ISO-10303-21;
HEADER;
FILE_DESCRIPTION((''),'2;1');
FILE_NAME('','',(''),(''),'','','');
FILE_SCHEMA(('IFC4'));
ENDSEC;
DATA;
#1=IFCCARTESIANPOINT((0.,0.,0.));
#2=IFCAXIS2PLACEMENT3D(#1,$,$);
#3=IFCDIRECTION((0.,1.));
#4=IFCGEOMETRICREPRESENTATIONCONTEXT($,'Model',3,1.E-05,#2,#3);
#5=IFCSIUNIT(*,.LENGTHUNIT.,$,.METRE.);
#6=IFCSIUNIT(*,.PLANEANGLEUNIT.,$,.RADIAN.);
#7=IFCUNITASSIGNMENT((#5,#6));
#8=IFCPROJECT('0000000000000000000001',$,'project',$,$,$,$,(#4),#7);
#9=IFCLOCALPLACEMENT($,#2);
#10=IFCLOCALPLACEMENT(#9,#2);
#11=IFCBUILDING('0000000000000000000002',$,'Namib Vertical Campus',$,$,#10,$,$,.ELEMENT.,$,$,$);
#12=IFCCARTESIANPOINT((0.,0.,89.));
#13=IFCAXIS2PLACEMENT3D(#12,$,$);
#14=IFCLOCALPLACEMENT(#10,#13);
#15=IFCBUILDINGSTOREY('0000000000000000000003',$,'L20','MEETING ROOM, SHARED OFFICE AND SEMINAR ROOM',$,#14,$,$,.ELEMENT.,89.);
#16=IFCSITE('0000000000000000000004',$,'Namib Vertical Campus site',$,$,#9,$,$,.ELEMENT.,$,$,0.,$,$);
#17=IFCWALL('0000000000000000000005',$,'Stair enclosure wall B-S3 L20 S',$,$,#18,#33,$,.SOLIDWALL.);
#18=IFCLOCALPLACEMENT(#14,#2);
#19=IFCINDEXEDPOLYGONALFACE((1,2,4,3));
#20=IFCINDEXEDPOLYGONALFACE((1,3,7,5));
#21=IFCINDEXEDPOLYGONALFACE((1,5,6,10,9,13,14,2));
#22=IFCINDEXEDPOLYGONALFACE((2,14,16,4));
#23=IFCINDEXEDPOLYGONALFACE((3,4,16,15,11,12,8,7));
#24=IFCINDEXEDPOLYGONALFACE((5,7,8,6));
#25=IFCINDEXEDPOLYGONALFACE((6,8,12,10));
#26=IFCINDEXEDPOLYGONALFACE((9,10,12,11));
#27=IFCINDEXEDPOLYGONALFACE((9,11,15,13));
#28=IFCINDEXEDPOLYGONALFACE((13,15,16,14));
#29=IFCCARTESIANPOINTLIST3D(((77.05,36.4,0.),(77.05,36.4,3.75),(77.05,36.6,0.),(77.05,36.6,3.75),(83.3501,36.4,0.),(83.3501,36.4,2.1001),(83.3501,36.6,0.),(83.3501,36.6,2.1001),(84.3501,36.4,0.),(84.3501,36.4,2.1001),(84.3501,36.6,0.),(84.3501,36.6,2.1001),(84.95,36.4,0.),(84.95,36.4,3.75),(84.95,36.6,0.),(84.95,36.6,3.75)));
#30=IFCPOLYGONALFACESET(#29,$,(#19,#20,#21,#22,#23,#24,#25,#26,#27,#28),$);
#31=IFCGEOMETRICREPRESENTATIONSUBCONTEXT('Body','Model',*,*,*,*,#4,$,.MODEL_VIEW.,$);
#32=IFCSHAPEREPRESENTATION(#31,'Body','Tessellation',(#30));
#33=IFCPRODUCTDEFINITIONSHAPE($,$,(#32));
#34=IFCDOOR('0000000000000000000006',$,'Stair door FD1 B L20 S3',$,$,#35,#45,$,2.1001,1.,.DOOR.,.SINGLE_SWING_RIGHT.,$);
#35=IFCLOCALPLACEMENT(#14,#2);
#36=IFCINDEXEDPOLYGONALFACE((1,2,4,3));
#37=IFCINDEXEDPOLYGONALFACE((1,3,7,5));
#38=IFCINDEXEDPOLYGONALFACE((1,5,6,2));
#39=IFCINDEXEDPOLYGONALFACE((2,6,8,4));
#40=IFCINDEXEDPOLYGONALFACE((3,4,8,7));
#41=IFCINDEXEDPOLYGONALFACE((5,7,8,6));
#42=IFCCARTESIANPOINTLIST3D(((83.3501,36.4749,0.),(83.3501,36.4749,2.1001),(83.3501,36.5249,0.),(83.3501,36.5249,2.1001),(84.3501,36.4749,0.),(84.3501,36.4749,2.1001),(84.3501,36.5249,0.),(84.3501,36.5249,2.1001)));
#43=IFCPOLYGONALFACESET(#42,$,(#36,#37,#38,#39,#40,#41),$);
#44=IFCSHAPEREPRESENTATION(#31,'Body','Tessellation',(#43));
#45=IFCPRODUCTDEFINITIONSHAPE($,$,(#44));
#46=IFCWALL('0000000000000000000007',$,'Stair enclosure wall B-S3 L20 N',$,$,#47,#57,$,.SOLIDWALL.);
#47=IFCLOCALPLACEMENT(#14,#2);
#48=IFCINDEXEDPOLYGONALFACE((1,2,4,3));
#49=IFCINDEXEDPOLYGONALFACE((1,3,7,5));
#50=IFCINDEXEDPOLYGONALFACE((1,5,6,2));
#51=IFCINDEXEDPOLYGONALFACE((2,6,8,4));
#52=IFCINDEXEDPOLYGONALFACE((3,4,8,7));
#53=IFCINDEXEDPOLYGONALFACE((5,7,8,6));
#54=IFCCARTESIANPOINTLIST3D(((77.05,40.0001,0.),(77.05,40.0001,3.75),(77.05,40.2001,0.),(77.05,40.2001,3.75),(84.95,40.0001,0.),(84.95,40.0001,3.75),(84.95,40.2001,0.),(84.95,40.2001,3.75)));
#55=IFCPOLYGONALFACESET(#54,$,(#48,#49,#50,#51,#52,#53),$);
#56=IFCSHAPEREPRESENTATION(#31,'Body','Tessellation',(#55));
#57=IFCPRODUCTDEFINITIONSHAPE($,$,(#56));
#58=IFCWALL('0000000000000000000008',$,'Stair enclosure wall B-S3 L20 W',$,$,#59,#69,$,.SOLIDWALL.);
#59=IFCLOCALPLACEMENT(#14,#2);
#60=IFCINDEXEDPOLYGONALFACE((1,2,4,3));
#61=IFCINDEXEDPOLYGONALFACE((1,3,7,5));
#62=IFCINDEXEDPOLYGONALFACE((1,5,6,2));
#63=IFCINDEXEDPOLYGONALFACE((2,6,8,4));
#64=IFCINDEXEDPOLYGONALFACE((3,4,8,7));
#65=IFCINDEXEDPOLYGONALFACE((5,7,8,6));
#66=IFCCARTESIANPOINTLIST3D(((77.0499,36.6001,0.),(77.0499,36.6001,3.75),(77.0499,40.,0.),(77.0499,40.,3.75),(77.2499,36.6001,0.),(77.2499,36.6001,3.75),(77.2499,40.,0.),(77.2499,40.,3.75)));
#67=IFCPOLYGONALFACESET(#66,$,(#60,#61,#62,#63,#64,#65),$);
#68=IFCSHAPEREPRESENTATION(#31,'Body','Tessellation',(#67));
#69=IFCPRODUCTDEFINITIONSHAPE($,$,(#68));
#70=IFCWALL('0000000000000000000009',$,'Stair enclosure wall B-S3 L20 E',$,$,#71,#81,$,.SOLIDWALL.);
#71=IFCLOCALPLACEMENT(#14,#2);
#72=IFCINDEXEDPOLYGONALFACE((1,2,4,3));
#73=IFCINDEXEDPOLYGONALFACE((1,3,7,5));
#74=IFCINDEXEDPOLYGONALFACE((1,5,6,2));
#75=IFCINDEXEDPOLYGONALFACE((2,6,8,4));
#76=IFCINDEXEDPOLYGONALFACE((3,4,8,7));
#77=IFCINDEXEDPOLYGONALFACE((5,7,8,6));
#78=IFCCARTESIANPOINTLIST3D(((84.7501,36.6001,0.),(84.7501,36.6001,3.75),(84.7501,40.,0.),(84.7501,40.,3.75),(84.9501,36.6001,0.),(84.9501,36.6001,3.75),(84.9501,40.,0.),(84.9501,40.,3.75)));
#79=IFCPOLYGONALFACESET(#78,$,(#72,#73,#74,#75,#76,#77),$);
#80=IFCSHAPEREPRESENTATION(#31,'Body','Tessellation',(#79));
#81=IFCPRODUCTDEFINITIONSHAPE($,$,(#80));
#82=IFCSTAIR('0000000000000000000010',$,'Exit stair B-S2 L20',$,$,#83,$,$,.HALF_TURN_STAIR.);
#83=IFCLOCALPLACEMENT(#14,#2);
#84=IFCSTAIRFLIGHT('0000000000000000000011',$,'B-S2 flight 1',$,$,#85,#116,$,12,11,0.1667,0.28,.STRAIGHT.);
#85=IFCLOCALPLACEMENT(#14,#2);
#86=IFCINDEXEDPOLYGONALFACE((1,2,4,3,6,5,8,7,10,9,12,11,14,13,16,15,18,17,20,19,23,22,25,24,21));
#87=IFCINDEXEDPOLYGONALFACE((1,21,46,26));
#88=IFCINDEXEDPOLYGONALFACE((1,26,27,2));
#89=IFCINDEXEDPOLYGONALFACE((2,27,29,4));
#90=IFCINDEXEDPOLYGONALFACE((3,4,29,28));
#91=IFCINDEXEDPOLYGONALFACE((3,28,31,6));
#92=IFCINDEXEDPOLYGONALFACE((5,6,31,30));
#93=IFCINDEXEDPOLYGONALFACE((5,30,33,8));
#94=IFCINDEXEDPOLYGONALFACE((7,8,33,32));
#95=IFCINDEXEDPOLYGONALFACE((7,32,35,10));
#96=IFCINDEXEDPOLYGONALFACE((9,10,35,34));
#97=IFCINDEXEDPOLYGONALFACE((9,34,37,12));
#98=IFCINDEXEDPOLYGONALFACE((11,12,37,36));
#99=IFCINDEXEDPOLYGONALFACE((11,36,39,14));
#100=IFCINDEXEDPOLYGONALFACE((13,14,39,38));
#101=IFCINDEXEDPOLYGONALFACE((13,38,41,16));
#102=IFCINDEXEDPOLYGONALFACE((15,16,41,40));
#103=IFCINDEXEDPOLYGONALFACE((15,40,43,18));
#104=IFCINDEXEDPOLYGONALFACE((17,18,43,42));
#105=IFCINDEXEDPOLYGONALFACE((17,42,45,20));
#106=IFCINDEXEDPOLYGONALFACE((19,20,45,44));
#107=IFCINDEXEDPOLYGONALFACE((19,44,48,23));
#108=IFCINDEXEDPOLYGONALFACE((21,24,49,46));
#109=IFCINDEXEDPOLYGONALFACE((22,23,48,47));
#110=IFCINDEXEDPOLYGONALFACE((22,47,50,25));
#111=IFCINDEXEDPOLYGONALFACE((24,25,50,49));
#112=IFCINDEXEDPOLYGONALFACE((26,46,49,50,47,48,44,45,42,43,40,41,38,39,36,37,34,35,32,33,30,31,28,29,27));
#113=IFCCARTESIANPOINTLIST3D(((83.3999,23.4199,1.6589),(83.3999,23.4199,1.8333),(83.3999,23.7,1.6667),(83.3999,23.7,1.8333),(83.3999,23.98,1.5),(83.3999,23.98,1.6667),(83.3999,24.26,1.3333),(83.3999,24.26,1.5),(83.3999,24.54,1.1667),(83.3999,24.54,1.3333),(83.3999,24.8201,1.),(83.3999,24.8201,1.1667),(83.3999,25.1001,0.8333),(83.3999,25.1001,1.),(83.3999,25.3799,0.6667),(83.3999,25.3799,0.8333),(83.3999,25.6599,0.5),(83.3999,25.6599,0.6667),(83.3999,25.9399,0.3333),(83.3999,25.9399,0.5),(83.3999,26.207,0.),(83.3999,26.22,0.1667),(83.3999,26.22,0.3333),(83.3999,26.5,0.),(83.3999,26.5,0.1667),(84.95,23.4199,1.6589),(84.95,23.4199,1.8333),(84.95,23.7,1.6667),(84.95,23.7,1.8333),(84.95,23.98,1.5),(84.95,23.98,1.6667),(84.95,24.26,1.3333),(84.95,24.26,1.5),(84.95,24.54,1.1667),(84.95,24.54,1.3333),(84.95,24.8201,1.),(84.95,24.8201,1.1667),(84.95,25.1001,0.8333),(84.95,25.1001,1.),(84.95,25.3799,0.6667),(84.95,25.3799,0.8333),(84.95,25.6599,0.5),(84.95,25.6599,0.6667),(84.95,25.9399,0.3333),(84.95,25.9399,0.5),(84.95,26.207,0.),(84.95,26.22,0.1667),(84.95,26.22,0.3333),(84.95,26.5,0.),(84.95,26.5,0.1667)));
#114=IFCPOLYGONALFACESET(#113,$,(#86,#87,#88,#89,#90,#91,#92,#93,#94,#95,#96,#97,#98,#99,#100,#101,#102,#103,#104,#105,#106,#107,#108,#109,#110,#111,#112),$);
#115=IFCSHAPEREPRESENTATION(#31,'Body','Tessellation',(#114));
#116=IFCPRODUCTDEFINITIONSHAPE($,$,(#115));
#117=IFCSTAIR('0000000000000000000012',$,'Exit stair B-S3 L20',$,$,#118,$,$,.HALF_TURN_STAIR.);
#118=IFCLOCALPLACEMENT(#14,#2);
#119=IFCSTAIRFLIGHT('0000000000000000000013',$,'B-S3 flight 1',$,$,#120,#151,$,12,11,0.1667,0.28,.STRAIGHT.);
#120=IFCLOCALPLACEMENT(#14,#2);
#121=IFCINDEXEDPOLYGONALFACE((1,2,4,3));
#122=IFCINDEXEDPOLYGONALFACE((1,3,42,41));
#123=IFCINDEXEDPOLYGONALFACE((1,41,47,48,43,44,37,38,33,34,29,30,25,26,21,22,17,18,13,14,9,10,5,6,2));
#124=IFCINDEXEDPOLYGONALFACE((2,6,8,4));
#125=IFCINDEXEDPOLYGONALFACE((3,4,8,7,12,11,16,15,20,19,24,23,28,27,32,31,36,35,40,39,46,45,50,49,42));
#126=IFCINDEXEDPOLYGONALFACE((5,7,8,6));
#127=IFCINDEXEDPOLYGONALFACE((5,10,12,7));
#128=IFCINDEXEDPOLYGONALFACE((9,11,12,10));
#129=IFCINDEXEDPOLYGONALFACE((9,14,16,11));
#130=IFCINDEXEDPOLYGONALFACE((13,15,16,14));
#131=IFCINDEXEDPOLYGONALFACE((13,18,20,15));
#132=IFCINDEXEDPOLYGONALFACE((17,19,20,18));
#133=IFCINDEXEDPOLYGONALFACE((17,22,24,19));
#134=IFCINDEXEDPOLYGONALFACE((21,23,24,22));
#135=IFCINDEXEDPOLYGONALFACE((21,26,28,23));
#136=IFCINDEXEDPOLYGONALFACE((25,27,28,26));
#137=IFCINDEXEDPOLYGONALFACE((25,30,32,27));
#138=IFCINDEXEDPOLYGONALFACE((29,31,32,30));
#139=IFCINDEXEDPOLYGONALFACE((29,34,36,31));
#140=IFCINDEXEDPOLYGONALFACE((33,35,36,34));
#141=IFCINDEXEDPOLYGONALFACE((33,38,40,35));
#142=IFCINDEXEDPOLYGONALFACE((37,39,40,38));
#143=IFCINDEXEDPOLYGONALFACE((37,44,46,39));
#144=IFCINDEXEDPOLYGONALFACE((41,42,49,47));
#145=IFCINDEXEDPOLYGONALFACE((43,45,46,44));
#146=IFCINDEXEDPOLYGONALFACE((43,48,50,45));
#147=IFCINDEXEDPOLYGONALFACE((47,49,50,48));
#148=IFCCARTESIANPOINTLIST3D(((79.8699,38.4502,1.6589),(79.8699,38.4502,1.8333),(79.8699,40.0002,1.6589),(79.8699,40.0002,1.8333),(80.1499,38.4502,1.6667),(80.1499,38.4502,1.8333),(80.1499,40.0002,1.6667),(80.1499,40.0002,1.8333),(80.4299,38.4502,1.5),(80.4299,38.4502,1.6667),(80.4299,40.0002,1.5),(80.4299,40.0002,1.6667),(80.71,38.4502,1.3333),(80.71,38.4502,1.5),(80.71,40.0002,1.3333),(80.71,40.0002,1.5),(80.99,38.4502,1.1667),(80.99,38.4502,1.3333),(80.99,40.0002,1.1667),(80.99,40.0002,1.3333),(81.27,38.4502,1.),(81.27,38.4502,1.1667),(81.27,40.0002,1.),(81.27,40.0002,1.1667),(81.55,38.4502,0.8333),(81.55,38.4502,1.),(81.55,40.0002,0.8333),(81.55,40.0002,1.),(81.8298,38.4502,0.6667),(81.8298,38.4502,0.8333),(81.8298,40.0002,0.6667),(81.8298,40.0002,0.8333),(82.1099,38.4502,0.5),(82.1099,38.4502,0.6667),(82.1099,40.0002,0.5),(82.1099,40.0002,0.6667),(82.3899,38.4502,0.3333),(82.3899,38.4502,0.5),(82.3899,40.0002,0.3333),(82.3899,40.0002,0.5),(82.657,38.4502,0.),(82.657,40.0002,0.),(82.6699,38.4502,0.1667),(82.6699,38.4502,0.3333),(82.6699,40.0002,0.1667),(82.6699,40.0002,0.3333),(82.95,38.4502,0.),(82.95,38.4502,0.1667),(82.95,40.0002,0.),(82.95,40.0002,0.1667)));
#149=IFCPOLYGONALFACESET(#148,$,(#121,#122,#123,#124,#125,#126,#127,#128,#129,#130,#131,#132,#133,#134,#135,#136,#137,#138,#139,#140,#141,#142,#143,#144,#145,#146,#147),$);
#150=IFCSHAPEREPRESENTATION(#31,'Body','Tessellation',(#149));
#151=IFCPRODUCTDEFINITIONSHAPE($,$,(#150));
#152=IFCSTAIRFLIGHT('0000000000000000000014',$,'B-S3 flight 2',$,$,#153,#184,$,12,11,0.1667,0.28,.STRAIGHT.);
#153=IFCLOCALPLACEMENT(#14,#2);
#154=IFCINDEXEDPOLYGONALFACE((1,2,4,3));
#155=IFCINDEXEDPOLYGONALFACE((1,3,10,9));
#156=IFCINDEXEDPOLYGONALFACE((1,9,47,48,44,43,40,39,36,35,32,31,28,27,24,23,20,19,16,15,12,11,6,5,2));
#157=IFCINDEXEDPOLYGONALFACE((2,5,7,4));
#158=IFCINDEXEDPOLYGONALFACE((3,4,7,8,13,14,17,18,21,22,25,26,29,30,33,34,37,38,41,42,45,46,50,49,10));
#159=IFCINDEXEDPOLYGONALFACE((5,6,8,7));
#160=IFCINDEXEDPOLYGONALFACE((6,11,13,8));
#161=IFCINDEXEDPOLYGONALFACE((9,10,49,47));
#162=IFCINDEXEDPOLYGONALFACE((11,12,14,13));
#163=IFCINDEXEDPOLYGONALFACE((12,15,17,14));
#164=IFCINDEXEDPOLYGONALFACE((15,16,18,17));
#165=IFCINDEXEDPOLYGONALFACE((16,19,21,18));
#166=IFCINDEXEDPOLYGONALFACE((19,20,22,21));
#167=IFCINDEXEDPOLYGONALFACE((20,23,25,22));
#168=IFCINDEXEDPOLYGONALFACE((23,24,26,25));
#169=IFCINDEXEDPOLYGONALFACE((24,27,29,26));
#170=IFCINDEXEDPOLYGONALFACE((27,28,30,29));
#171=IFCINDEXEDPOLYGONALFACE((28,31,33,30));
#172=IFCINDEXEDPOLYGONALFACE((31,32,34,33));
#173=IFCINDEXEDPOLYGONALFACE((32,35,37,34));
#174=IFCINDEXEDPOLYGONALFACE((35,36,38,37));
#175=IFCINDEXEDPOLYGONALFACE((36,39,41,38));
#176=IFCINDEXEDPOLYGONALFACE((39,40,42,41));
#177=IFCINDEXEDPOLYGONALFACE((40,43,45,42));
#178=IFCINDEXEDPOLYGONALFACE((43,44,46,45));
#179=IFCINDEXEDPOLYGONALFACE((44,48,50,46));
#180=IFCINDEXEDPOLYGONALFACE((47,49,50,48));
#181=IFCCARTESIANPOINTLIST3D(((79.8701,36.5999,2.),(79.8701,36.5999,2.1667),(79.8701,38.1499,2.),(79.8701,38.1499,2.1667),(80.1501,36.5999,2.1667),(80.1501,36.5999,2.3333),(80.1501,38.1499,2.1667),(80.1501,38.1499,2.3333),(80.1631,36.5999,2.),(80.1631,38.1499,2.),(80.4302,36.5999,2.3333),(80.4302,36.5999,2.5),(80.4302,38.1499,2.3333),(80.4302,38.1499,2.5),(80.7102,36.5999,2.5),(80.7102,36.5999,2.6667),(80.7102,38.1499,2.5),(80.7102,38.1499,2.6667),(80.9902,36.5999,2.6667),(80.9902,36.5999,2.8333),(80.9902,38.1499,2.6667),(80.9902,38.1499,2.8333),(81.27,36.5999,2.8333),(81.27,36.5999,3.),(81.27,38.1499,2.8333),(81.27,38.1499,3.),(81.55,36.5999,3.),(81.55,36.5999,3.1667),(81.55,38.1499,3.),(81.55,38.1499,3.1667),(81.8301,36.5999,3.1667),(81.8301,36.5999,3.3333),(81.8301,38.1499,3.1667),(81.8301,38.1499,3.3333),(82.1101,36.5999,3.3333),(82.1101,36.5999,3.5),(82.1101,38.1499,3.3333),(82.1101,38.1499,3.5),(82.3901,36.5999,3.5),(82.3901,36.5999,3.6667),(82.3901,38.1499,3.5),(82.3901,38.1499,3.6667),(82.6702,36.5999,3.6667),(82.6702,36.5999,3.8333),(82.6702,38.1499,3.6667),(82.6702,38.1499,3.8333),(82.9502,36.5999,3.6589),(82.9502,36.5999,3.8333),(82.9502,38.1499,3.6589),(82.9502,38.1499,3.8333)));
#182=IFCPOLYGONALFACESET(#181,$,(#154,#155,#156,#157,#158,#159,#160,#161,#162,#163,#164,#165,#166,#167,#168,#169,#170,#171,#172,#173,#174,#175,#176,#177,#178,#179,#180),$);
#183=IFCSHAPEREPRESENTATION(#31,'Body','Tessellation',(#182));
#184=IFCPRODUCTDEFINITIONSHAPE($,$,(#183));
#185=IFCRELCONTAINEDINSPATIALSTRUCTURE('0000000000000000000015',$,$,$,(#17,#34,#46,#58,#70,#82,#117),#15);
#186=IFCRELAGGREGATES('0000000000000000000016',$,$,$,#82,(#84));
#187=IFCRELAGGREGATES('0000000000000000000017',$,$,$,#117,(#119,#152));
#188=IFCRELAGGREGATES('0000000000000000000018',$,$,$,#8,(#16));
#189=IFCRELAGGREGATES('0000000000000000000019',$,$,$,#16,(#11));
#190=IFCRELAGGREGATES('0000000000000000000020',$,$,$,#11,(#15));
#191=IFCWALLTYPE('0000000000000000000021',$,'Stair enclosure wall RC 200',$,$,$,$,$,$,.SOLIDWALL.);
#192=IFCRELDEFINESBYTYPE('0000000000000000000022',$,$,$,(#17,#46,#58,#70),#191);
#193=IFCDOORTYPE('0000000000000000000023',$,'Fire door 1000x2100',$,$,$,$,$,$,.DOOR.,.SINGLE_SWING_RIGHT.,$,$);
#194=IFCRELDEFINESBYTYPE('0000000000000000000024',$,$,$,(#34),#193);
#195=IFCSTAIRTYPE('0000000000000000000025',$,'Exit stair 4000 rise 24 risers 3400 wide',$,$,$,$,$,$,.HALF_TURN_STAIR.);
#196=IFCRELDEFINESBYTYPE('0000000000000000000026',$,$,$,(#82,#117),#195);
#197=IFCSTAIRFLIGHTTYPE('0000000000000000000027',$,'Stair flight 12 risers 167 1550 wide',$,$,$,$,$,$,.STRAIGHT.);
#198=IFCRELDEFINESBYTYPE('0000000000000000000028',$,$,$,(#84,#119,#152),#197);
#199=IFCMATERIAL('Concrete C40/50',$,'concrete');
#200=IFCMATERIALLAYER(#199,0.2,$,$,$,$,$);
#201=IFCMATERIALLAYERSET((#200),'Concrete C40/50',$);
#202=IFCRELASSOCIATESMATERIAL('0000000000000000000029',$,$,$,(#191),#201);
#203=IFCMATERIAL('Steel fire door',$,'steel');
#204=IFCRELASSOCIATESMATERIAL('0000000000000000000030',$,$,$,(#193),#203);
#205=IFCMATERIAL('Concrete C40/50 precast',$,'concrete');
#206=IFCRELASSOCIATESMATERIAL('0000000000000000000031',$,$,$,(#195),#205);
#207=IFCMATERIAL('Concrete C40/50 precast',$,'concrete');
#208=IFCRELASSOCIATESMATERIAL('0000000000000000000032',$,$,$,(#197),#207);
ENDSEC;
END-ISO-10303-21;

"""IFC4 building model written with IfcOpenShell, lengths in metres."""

from ifc_helpers import new_model, si_unit, direction, frame, frame_2d, origin, place, context, subcontext, project, spatial, polyline, rectangle, outline, extrude, material, layer, layer_set, type_object, element, fill, aggregate, save


model = new_model("IFC4")

# Units and contexts
model_context = context("Model", 3, precision=1e-05, world=origin(), true_north=direction((0.0, 1.0)))
body_context = subcontext(model_context, "Body", "Model", "MODEL_VIEW")
ifc_project = project(units=[si_unit("LENGTHUNIT", "METRE"), si_unit("PLANEANGLEUNIT", "RADIAN")], contexts=[model_context])

# Site, building, storey
site_placement = place(None, origin())
site = spatial("IfcSite", under=ifc_project, at=site_placement, Name="Namib Vertical Campus site", CompositionType="ELEMENT", RefElevation=0.0)
building_placement = place(site_placement, origin())
building = spatial("IfcBuilding", under=site, at=building_placement, Name="Namib Vertical Campus", CompositionType="ELEMENT")
storey_placement = place(building_placement, frame((0.0, 0.0, 89.0)))
storey = spatial("IfcBuildingStorey", under=building, at=storey_placement, Name="L20", Description="MEETING ROOM, SHARED OFFICE AND SEMINAR ROOM", CompositionType="ELEMENT", Elevation=89.0)

# Wall, opening, door
ifc_material_1 = material(Name="Concrete C40/50", Category="concrete")
ifc_layer_1 = layer(ifc_material_1, 0.2)
ifc_layer_set_1 = layer_set([ifc_layer_1], Name="Concrete C40/50")
wall_type_1 = type_object("IfcWallType", Name="Stair enclosure wall RC 200", PredefinedType="SOLIDWALL", material=ifc_layer_set_1)
wall_1_placement = place(storey_placement, frame((77.05, 36.5, 0.0), z_axis=(0.0, 0.0, 1.0), x_axis=(1.0, 0.0, 0.0)))
wall_1 = element("IfcWall", 1, at=wall_1_placement, inside=storey, type_object=wall_type_1, Name="Stair enclosure wall B-S3 L20 S", PredefinedType="SOLIDWALL", context=body_context, shape_type="SweptSolid", body=[
    extrude(rectangle(XDim=7.8999, YDim=0.2, at=frame_2d((3.95, 0.0))), origin(), (0.0, 0.0, 1.0), 3.75),
])
opening_placement = place(wall_1_placement, frame((6.3, 0.0, 0.0)))
opening = element("IfcOpeningElement", 2, at=opening_placement, cuts=wall_1, PredefinedType="OPENING", context=body_context, shape_type="SweptSolid", body=[
    extrude(rectangle(XDim=1.0, YDim=2.1001, at=frame_2d((0.5, 1.05))), frame((0.0, 0.1099, 0.0), z_axis=(0.0, -1.0, 0.0), x_axis=(1.0, 0.0, 0.0)), (0.0, 0.0, 1.0), 0.22),
])
ifc_material_2 = material(Name="Steel fire door", Category="steel")
door_type = type_object("IfcDoorType", Name="Fire door 1000x2100", OperationType="SINGLE_SWING_RIGHT", PredefinedType="DOOR", material=ifc_material_2)
door_placement = place(opening_placement, origin())
door = element("IfcDoor", 3, at=door_placement, inside=storey, type_object=door_type, Name="Stair door FD1 B L20 S3", OperationType="SINGLE_SWING_RIGHT", OverallHeight=2.1001, OverallWidth=1.0, PredefinedType="DOOR", context=body_context, shape_type="SweptSolid", body=[
    extrude(rectangle(XDim=1.0, YDim=2.1001, at=frame_2d((0.5, 1.05))), frame((0.0, 0.0249, 0.0), z_axis=(0.0, -1.0, 0.0), x_axis=(1.0, 0.0, 0.0)), (0.0, 0.0, 1.0), 0.05),
])
fill(opening, door)

# Walls
wall_2_placement = place(storey_placement, frame((77.05, 40.1001, 0.0), z_axis=(0.0, 0.0, 1.0), x_axis=(1.0, 0.0, 0.0)))
element("IfcWall", 4, at=wall_2_placement, inside=storey, type_object=wall_type_1, Name="Stair enclosure wall B-S3 L20 N", PredefinedType="SOLIDWALL", context=body_context, shape_type="SweptSolid", body=[
    extrude(rectangle(XDim=7.8999, YDim=0.2, at=frame_2d((3.95, 0.0))), origin(), (0.0, 0.0, 1.0), 3.75),
])
for number, where, z_axis, x_axis, name in (
    (5, (77.1499, 36.6001, 0.0), (0.0, 0.0, 1.0), (0.0, 1.0, 0.0), "Stair enclosure wall B-S3 L20 W"),
    (6, (84.8501, 36.6001, 0.0), (0.0, 0.0, 1.0), (0.0, 1.0, 0.0), "Stair enclosure wall B-S3 L20 E"),
):
    element("IfcWall", number, at=place(storey_placement, frame(where, z_axis=z_axis, x_axis=x_axis)), inside=storey, type_object=wall_type_1, Name=name, PredefinedType="SOLIDWALL", context=body_context, shape_type="SweptSolid", body=[
        extrude(rectangle(XDim=3.3999, YDim=0.2, at=frame_2d((1.7, 0.0))), origin(), (0.0, 0.0, 1.0), 3.75),
    ])

# Stair, stair flight
ifc_material_3 = material(Name="Concrete C40/50 precast", Category="concrete")
stair_type = type_object("IfcStairType", Name="Exit stair 4000 rise 24 risers 3400 wide", PredefinedType="HALF_TURN_STAIR", material=ifc_material_3)
stair_1_placement = place(storey_placement, origin())
stair_1 = element("IfcStair", 7, at=stair_1_placement, inside=storey, type_object=stair_type, Name="Exit stair B-S2 L20", PredefinedType="HALF_TURN_STAIR")
ifc_material_4 = material(Name="Concrete C40/50 precast", Category="concrete")
stair_flight_type = type_object("IfcStairFlightType", Name="Stair flight 12 risers 167 1550 wide", PredefinedType="STRAIGHT", material=ifc_material_4)
stair_flight_1_placement = place(storey_placement, frame((84.175, 26.5, 0.0), z_axis=(0.0, 0.0, 1.0), x_axis=(0.0, -1.0, 0.0)))
stair_flight_1 = element("IfcStairFlight", 8, at=stair_flight_1_placement, type_object=stair_flight_type, Name="B-S2 flight 1", NumberOfRisers=12, NumberOfTreads=11, PredefinedType="STRAIGHT", RiserHeight=0.1667, TreadLength=0.28, context=body_context, shape_type="SweptSolid", body=[
    extrude(outline(polyline([(0.0, 0.0), (0.0, 0.1667), (0.28, 0.1667), (0.28, 0.3333), (0.5601, 0.3333), (0.5601, 0.5), (0.8401, 0.5), (0.8401, 0.6667), (1.1201, 0.6667), (1.1201, 0.8333), (1.3999, 0.8333), (1.3999, 1.0), (1.6799, 1.0), (1.6799, 1.1667), (1.96, 1.1667), (1.96, 1.3333), (2.24, 1.3333), (2.24, 1.5), (2.52, 1.5), (2.52, 1.6667), (2.8, 1.6667), (2.8, 1.8333), (3.0801, 1.8333), (3.0801, 2.0), (3.0801, 1.6589), (0.293, 0.0), (0.0, 0.0)])), frame((0.0, 0.7749, 0.0), z_axis=(0.0, -1.0, 0.0), x_axis=(1.0, 0.0, 0.0)), (0.0, 0.0, 1.0), 1.55),
])
aggregate(stair_1, [stair_flight_1])

# Stair, stair flights
stair_2_placement = place(storey_placement, origin())
stair_2 = element("IfcStair", 9, at=stair_2_placement, inside=storey, type_object=stair_type, Name="Exit stair B-S3 L20", PredefinedType="HALF_TURN_STAIR")
stair_flight_2_placement = place(storey_placement, frame((82.95, 39.2251, 0.0), z_axis=(0.0, 0.0, 1.0), x_axis=(-1.0, 0.0, 0.0)))
stair_flight_2 = element("IfcStairFlight", 10, at=stair_flight_2_placement, type_object=stair_flight_type, Name="B-S3 flight 1", NumberOfRisers=12, NumberOfTreads=11, PredefinedType="STRAIGHT", RiserHeight=0.1667, TreadLength=0.28, context=body_context, shape_type="SweptSolid", body=[
    extrude(outline(polyline([(0.0, 0.0), (0.0, 0.1667), (0.28, 0.1667), (0.28, 0.3333), (0.5601, 0.3333), (0.5601, 0.5), (0.8401, 0.5), (0.8401, 0.6667), (1.1201, 0.6667), (1.1201, 0.8333), (1.3999, 0.8333), (1.3999, 1.0), (1.6799, 1.0), (1.6799, 1.1667), (1.96, 1.1667), (1.96, 1.3333), (2.24, 1.3333), (2.24, 1.5), (2.52, 1.5), (2.52, 1.6667), (2.8, 1.6667), (2.8, 1.8333), (3.0801, 1.8333), (3.0801, 2.0), (3.0801, 1.6589), (0.293, 0.0), (0.0, 0.0)])), frame((0.0, 0.7749, 0.0), z_axis=(0.0, -1.0, 0.0), x_axis=(1.0, 0.0, 0.0)), (0.0, 0.0, 1.0), 1.55),
])
stair_flight_3_placement = place(storey_placement, frame((79.8701, 37.375, 2.0), z_axis=(0.0, 0.0, 1.0), x_axis=(1.0, 0.0, 0.0)))
stair_flight_3 = element("IfcStairFlight", 11, at=stair_flight_3_placement, type_object=stair_flight_type, Name="B-S3 flight 2", NumberOfRisers=12, NumberOfTreads=11, PredefinedType="STRAIGHT", RiserHeight=0.1667, TreadLength=0.28, context=body_context, shape_type="SweptSolid", body=[
    extrude(outline(polyline([(0.0, 0.0), (0.0, 0.1667), (0.28, 0.1667), (0.28, 0.3333), (0.5601, 0.3333), (0.5601, 0.5), (0.8401, 0.5), (0.8401, 0.6667), (1.1201, 0.6667), (1.1201, 0.8333), (1.3999, 0.8333), (1.3999, 1.0), (1.6799, 1.0), (1.6799, 1.1667), (1.96, 1.1667), (1.96, 1.3333), (2.24, 1.3333), (2.24, 1.5), (2.52, 1.5), (2.52, 1.6667), (2.8, 1.6667), (2.8, 1.8333), (3.0801, 1.8333), (3.0801, 2.0), (3.0801, 1.6589), (0.293, 0.0), (0.0, 0.0)])), frame((0.0, 0.7749, 0.0), z_axis=(0.0, -1.0, 0.0), x_axis=(1.0, 0.0, 0.0)), (0.0, 0.0, 1.0), 1.55),
])
aggregate(stair_2, [stair_flight_2, stair_flight_3])

save(model, "model.ifc")
